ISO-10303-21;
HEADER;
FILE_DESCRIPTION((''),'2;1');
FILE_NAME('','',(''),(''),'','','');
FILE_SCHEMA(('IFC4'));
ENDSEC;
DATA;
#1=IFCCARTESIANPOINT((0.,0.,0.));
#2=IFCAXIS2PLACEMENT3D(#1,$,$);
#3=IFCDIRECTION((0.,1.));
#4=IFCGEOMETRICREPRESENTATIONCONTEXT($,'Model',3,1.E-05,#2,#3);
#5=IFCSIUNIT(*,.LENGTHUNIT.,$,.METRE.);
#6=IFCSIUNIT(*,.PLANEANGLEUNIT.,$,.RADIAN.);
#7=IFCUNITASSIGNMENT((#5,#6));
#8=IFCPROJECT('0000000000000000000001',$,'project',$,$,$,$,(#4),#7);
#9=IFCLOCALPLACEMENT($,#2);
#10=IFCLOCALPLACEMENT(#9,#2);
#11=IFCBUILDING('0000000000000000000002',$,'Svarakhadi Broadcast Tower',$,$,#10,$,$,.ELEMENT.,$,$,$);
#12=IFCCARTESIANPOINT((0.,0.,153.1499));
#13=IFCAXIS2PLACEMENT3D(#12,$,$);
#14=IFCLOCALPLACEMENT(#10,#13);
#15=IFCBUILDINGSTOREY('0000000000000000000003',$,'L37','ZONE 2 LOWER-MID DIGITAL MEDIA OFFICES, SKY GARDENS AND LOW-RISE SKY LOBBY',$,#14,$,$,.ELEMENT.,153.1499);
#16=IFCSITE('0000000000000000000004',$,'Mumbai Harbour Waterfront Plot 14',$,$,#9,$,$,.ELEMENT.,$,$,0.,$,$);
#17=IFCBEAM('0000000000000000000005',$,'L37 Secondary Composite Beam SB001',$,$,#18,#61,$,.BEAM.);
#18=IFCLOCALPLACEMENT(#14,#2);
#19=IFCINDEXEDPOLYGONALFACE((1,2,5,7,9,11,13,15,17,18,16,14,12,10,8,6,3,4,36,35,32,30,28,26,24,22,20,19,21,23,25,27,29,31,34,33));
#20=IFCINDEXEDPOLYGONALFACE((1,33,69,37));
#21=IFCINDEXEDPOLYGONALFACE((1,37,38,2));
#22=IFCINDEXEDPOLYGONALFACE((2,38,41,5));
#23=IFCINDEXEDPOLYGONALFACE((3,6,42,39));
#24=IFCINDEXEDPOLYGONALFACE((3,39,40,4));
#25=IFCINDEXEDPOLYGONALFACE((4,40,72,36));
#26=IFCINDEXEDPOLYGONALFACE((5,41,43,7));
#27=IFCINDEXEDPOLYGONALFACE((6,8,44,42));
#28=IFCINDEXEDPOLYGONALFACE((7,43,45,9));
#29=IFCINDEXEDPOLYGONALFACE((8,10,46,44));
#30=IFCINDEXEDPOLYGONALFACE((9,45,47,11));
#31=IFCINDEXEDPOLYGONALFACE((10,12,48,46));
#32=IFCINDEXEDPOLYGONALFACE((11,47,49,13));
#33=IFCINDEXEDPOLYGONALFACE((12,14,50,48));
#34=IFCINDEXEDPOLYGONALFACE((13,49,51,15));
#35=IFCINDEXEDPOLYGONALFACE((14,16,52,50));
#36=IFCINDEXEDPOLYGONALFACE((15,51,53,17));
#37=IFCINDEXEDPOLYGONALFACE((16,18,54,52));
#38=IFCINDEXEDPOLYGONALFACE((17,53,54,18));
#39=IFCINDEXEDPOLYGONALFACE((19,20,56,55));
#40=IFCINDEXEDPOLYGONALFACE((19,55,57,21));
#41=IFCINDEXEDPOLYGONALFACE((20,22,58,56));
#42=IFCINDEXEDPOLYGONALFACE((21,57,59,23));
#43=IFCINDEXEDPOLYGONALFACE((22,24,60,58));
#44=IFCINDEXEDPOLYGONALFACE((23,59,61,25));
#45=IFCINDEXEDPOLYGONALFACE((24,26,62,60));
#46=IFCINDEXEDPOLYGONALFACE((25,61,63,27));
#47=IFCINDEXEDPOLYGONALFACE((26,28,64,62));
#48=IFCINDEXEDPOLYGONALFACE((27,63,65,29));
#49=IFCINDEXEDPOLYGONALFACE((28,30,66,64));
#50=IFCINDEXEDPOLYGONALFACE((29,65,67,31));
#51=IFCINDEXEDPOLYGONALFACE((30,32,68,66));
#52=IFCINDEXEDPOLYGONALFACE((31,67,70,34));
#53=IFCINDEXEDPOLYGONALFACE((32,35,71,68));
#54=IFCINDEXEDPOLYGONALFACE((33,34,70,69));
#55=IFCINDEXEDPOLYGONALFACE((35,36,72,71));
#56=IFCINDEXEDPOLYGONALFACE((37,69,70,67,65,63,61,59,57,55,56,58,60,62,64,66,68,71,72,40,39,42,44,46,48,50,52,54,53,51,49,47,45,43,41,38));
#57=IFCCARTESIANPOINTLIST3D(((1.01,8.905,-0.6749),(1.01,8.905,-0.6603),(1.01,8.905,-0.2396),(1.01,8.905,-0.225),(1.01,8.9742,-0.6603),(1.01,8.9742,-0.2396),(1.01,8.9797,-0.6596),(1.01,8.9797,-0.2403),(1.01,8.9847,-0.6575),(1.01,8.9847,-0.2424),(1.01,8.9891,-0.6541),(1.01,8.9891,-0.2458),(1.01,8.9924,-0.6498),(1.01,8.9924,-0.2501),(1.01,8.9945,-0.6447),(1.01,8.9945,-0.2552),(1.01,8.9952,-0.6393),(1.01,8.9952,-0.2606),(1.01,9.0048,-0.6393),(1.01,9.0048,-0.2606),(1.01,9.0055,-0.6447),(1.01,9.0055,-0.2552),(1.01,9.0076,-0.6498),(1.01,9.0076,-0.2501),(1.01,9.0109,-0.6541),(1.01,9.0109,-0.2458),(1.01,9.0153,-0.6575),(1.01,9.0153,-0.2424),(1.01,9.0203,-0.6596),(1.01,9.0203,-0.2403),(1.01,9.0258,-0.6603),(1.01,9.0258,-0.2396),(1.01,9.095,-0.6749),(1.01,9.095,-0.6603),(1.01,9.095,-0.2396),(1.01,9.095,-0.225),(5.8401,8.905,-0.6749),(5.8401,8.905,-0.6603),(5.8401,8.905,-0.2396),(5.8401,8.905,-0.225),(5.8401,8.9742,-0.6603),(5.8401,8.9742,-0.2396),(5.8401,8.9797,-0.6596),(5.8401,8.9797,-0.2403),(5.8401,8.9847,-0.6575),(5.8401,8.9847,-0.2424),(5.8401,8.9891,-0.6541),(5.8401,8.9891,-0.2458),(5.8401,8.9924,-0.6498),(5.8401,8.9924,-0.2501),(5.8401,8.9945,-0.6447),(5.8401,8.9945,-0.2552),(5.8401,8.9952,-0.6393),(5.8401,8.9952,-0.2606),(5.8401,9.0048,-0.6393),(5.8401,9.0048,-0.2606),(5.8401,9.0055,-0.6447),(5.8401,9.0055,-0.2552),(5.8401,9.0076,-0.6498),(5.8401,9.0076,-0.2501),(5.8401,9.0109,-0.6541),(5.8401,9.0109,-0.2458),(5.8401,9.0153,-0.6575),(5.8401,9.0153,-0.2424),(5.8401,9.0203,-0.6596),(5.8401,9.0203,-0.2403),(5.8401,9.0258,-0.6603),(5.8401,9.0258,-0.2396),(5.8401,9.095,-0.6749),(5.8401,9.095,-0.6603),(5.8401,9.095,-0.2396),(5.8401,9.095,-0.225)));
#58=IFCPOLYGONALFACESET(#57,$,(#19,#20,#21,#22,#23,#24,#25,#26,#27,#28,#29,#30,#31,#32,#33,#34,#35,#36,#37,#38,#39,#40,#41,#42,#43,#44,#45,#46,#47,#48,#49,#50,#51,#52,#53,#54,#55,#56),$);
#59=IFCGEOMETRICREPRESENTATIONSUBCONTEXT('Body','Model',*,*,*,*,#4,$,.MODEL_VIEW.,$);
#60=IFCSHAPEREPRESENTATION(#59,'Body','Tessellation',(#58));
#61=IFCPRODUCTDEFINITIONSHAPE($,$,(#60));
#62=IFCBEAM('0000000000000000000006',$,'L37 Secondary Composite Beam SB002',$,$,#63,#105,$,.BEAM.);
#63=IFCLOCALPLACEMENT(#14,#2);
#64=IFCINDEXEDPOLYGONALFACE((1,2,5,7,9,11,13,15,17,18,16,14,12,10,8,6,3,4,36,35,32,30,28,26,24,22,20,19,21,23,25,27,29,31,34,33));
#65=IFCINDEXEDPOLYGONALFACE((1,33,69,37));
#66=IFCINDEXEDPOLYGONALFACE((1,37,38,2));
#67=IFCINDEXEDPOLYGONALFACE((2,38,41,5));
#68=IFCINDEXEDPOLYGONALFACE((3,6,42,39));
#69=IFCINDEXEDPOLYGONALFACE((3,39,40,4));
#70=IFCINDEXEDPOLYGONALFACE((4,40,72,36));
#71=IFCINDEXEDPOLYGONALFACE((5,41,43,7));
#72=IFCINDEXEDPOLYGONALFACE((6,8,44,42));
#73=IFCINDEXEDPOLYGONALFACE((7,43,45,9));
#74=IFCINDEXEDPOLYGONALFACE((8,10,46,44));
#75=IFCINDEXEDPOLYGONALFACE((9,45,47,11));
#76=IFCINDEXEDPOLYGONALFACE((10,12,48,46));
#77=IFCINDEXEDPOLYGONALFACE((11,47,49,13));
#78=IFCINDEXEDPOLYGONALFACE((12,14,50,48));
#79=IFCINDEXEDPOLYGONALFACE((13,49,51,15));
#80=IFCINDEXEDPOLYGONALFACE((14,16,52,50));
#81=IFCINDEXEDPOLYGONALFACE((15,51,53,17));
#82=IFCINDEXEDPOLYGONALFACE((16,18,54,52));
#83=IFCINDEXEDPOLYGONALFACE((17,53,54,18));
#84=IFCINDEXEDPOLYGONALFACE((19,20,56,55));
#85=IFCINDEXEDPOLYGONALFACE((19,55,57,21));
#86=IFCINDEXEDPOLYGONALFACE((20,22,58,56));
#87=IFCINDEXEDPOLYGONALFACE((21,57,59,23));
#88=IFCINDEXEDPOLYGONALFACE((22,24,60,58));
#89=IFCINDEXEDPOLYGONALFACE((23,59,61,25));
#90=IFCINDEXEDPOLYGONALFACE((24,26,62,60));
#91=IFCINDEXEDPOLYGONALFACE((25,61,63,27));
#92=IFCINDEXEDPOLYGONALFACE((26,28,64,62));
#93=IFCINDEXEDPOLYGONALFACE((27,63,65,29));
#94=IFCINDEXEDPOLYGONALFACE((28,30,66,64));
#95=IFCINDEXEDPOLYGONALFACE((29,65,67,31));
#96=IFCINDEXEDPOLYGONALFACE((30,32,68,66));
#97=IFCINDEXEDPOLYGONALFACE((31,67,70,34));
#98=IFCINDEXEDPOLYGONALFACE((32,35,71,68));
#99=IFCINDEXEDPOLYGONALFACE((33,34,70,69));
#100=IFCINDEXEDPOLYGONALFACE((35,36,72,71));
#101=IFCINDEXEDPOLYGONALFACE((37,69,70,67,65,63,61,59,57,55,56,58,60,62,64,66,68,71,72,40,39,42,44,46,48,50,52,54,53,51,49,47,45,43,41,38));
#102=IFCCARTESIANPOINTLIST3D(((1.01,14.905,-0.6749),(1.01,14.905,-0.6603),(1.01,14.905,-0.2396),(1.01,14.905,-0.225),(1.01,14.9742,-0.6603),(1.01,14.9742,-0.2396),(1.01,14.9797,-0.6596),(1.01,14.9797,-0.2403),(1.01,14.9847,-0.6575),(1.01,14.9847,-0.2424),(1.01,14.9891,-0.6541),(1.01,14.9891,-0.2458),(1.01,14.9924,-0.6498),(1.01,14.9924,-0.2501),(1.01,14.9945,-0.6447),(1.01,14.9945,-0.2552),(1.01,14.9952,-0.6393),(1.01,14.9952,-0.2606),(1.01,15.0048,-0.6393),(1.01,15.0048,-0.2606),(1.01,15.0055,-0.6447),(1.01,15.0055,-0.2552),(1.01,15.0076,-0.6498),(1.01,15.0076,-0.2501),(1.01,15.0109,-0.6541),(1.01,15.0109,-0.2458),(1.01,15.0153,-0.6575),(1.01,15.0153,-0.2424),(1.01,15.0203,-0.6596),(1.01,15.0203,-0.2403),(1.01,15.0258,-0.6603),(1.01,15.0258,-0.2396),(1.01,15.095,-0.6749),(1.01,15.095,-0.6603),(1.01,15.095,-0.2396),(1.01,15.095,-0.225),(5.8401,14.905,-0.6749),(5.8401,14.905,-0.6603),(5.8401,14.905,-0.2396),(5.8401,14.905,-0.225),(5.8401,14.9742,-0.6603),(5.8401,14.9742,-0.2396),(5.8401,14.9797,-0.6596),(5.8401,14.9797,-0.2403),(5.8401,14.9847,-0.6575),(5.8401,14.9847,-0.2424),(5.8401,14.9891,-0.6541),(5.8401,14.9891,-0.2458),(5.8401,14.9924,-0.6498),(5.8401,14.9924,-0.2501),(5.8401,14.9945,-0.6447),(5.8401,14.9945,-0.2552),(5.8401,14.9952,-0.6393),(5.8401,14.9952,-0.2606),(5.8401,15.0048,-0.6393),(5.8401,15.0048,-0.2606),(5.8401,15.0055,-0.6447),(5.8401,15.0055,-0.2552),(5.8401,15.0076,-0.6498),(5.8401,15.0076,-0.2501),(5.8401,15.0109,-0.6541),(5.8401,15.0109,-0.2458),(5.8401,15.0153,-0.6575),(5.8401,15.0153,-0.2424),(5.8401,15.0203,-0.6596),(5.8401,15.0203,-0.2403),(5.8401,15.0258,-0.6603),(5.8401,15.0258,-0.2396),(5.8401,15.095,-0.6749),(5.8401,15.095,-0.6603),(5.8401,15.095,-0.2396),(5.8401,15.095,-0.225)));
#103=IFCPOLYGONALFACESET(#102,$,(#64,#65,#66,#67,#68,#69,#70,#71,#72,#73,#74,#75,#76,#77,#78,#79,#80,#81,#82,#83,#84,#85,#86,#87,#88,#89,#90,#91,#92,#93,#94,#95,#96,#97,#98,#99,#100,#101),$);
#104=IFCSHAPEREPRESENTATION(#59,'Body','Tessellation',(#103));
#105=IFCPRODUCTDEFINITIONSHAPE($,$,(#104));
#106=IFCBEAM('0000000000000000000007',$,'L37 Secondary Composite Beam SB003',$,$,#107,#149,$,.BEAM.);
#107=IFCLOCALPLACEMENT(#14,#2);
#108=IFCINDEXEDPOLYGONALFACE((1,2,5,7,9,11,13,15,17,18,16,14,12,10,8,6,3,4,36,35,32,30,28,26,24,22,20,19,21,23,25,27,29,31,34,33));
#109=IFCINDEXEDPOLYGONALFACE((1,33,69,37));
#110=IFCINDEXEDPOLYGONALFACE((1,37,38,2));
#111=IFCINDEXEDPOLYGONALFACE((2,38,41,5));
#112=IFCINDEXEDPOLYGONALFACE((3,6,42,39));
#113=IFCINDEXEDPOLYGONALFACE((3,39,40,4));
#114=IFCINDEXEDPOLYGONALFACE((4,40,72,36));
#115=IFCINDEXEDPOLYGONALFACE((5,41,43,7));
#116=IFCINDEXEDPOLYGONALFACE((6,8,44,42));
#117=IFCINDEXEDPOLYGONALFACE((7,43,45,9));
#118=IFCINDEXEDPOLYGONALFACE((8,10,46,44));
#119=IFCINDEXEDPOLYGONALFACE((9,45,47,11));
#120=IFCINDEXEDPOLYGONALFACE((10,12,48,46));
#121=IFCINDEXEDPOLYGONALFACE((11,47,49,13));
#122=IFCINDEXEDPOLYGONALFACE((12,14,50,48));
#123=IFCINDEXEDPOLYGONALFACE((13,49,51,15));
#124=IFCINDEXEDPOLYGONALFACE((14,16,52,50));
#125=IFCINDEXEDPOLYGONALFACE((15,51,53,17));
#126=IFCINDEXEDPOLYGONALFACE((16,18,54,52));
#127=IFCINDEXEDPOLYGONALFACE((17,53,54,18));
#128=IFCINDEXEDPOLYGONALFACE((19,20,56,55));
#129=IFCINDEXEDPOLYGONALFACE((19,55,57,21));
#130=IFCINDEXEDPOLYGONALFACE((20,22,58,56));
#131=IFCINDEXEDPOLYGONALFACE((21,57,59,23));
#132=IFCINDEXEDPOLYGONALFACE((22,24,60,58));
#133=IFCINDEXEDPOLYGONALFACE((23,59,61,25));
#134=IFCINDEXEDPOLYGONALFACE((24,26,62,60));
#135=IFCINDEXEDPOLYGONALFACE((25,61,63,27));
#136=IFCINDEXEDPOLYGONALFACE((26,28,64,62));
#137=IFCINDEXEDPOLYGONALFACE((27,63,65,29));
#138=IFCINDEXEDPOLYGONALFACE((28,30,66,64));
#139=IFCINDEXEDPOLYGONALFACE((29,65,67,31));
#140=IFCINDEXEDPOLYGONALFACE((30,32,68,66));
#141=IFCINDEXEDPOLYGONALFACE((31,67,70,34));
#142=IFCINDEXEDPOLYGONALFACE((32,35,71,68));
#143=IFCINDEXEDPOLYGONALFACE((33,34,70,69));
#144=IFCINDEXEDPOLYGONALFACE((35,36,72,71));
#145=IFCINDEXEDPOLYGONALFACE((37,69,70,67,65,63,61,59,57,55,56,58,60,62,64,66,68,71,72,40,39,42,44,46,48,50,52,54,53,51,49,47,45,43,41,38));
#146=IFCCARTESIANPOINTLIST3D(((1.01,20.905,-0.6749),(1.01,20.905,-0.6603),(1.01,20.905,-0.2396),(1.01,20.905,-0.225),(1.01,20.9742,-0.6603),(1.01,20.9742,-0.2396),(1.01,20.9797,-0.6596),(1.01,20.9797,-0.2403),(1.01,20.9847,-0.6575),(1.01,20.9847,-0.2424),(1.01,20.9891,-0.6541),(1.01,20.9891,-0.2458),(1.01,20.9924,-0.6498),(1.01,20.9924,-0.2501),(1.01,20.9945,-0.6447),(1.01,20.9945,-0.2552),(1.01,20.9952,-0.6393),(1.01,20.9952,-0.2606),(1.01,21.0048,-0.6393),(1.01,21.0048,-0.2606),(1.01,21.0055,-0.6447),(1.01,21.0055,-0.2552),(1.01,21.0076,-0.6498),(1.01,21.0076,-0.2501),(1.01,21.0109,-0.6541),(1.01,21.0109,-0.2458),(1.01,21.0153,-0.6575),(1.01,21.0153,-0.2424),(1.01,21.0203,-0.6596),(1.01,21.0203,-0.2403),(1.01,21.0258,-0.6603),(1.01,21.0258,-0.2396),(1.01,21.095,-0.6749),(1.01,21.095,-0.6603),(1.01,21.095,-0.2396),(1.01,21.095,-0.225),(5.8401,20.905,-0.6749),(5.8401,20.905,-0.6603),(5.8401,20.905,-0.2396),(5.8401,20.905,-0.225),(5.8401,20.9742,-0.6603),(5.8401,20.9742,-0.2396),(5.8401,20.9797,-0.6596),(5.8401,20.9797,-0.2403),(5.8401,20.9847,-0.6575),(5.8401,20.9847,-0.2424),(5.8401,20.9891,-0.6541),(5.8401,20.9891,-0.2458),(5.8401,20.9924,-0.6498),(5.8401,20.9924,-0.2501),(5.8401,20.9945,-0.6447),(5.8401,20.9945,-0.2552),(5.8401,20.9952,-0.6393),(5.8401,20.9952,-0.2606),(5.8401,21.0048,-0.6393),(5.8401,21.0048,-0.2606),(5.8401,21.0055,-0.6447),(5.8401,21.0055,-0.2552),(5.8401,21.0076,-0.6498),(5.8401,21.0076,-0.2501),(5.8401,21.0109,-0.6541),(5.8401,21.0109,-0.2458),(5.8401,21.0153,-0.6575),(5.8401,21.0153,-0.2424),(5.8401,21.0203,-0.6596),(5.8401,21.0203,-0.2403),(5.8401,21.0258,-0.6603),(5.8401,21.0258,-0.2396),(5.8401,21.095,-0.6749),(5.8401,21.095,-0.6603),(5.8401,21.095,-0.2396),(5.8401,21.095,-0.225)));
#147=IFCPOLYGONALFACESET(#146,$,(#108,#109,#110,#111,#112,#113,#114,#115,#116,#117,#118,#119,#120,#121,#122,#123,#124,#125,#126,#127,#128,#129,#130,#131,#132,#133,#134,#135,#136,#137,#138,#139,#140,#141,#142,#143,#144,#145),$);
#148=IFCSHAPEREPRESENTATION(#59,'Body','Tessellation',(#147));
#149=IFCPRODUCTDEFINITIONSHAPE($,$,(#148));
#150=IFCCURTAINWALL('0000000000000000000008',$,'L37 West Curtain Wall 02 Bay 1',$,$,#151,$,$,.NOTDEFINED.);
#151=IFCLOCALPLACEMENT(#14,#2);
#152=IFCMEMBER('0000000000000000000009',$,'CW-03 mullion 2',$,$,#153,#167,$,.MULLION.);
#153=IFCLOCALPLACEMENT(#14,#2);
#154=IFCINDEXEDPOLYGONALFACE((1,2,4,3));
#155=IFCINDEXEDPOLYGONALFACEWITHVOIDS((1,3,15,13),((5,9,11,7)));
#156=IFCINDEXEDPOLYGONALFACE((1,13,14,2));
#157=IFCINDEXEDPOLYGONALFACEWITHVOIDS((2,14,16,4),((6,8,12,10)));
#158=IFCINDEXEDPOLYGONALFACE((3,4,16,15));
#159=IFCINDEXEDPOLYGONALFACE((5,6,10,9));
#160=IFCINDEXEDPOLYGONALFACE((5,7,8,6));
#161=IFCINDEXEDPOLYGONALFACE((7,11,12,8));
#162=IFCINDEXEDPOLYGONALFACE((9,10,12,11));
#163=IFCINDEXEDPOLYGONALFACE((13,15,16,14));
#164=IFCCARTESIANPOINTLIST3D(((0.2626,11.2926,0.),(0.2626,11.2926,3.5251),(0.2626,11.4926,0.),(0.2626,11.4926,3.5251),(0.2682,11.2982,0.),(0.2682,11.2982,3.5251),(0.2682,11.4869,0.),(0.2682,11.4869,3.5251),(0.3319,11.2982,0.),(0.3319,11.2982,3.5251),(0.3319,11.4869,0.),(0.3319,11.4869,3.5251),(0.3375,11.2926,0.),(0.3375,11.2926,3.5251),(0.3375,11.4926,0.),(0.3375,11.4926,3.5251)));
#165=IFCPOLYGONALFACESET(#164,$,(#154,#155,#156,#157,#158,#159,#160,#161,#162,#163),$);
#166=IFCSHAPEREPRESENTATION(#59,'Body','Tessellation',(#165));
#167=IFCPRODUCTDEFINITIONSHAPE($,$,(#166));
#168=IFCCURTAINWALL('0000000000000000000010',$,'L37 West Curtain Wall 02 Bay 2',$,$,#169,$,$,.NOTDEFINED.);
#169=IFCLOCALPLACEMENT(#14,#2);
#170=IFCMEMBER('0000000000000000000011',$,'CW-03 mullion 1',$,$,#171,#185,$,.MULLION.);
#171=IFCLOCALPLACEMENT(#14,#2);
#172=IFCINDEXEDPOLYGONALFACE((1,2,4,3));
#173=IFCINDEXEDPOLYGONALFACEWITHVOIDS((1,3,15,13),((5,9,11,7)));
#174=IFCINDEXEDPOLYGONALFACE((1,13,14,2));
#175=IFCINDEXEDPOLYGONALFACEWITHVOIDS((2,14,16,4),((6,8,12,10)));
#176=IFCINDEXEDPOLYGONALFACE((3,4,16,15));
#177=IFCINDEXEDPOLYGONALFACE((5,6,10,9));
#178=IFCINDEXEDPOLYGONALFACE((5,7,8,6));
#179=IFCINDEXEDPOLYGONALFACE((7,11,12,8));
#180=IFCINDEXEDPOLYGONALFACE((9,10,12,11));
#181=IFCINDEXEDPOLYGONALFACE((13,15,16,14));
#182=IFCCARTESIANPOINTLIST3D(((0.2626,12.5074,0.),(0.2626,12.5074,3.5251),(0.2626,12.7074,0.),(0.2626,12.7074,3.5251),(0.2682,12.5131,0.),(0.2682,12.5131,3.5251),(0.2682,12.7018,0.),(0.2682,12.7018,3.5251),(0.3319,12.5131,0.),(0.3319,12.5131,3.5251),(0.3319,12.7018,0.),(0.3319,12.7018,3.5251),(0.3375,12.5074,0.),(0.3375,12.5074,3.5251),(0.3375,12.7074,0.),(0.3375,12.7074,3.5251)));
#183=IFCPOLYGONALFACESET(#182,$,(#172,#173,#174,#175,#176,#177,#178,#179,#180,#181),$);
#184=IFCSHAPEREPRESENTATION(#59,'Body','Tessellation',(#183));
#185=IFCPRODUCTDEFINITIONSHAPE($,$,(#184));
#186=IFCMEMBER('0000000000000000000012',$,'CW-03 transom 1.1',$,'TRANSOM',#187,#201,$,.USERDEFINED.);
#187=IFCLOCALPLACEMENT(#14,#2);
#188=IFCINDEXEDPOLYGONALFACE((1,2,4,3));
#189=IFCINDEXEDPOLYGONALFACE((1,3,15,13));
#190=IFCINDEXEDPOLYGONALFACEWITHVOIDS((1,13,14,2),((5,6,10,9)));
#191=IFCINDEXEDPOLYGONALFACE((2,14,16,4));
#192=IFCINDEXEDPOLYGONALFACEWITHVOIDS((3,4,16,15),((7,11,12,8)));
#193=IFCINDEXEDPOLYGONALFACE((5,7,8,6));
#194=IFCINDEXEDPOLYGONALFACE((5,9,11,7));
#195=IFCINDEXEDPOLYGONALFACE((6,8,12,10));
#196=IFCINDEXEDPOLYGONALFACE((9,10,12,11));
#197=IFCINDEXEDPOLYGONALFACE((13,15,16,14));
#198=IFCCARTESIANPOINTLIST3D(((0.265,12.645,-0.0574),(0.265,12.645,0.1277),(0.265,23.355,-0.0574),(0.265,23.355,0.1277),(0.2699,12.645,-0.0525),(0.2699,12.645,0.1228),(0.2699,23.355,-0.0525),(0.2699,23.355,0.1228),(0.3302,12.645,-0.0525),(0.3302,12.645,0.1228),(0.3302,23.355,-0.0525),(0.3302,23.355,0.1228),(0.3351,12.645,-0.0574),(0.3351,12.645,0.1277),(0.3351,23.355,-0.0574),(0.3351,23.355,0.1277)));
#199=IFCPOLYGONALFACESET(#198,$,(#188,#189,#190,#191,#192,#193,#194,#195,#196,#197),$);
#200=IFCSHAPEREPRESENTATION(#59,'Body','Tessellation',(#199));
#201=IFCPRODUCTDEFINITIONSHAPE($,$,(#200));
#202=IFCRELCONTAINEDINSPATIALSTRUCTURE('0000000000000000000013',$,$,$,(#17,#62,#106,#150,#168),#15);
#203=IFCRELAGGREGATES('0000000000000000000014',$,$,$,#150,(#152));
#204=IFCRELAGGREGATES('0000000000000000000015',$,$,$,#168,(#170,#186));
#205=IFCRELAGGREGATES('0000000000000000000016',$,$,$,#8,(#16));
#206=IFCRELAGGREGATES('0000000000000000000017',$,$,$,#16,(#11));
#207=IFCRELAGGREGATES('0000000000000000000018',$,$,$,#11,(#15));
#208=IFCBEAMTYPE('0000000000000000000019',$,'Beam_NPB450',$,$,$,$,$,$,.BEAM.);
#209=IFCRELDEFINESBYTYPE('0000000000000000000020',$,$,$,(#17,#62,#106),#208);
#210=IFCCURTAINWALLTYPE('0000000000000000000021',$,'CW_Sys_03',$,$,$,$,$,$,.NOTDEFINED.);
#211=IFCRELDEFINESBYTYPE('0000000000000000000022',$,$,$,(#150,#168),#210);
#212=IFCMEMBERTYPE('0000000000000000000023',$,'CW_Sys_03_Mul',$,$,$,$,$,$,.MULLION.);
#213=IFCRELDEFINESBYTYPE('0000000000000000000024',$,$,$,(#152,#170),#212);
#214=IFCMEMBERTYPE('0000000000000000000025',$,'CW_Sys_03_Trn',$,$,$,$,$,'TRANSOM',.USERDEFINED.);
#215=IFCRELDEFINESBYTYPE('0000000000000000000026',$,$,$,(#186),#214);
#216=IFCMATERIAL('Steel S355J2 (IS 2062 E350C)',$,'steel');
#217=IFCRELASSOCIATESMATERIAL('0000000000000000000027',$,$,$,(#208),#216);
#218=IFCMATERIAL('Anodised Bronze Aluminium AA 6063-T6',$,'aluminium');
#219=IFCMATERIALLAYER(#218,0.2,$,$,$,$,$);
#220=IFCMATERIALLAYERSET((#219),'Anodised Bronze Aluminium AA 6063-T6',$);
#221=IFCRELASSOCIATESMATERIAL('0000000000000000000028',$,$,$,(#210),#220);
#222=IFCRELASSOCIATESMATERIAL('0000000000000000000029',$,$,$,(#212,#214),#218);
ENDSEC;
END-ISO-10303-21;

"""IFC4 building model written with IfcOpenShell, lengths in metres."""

from ifc_helpers import new_model, si_unit, direction, frame, origin, origin_2d, place, context, subcontext, project, spatial, hollow_rectangle, i_section, extrude, material, layer, layer_set, material_profile, profile_set, type_object, element, aggregate, save


model = new_model("IFC4")

# Units and contexts
model_context = context("Model", 3, precision=1e-05, world=origin(), true_north=direction((0.0, 1.0)))
body_context = subcontext(model_context, "Body", "Model", "MODEL_VIEW")
ifc_project = project(units=[si_unit("LENGTHUNIT", "METRE"), si_unit("PLANEANGLEUNIT", "RADIAN")], contexts=[model_context])

# Site, building, storey
site_placement = place(None, origin())
site = spatial("IfcSite", under=ifc_project, at=site_placement, Name="Mumbai Harbour Waterfront Plot 14", CompositionType="ELEMENT", RefElevation=0.0)
building_placement = place(site_placement, origin())
building = spatial("IfcBuilding", under=site, at=building_placement, Name="Svarakhadi Broadcast Tower", CompositionType="ELEMENT")
storey_placement = place(building_placement, frame((0.0, 0.0, 153.1499)))
storey = spatial("IfcBuildingStorey", under=building, at=storey_placement, Name="L37", Description="ZONE 2 LOWER-MID DIGITAL MEDIA OFFICES, SKY GARDENS AND LOW-RISE SKY LOBBY", CompositionType="ELEMENT", Elevation=153.1499)

# Beams
ifc_material_1 = material(Name="Steel S355J2 (IS 2062 E350C)", Category="steel")
ifc_material_profile_1 = material_profile(ifc_material_1, i_section(OverallWidth=0.1899, OverallDepth=0.45, WebThickness=0.0095, FlangeThickness=0.0146, FilletRadius=0.021, at=origin_2d()), Name="NPB 450x190x78")
ifc_profile_set_1 = profile_set([ifc_material_profile_1], Name="Steel S355J2 (IS 2062 E350C)")
beam_type_1 = type_object("IfcBeamType", Name="Beam_NPB450", PredefinedType="BEAM", material=ifc_profile_set_1)
for number, where, z_axis, x_axis, name in (
    (1, (1.01, 9.0, -0.45), (1.0, 0.0, 0.0), (0.0, 1.0, 0.0), "L37 Secondary Composite Beam SB001"),
    (2, (1.01, 15.0, -0.45), (1.0, 0.0, 0.0), (0.0, 1.0, 0.0), "L37 Secondary Composite Beam SB002"),
    (3, (1.01, 21.0, -0.45), (1.0, 0.0, 0.0), (0.0, 1.0, 0.0), "L37 Secondary Composite Beam SB003"),
):
    element("IfcBeam", number, at=place(storey_placement, frame(where, z_axis=z_axis, x_axis=x_axis)), inside=storey, type_object=beam_type_1, Name=name, PredefinedType="BEAM", context=body_context, shape_type="SweptSolid", body=[
        extrude(i_section(OverallWidth=0.1899, OverallDepth=0.45, WebThickness=0.0095, FlangeThickness=0.0146, FilletRadius=0.021, at=origin_2d()), origin(), (0.0, 0.0, 1.0), 4.8301),
    ])

# Curtain wall, member
ifc_material_2 = material(Name="Anodised Bronze Aluminium AA 6063-T6", Category="aluminium")
ifc_layer_1 = layer(ifc_material_2, 0.2)
ifc_layer_set_1 = layer_set([ifc_layer_1], Name="Anodised Bronze Aluminium AA 6063-T6")
curtain_wall_type = type_object("IfcCurtainWallType", Name="CW_Sys_03", PredefinedType="NOTDEFINED", material=ifc_layer_set_1)
curtain_wall_1_placement = place(storey_placement, origin())
curtain_wall_1 = element("IfcCurtainWall", 4, at=curtain_wall_1_placement, inside=storey, type_object=curtain_wall_type, Name="L37 West Curtain Wall 02 Bay 1", PredefinedType="NOTDEFINED")
ifc_material_profile_2 = material_profile(ifc_material_2, hollow_rectangle(XDim=0.075, YDim=0.2, WallThickness=0.0056, at=origin_2d()), Name="ALU MULLION 200x75x6")
ifc_profile_set_2 = profile_set([ifc_material_profile_2], Name="Anodised Bronze Aluminium AA 6063-T6")
member_type_1 = type_object("IfcMemberType", Name="CW_Sys_03_Mul", PredefinedType="MULLION", material=ifc_profile_set_2)
member_1_placement = place(storey_placement, frame((0.3, 11.3926, 0.0), z_axis=(0.0, 0.0, 1.0), x_axis=(-1.0, 0.0, 0.0)))
member_1 = element("IfcMember", 5, at=member_1_placement, type_object=member_type_1, Name="CW-03 mullion 2", PredefinedType="MULLION", context=body_context, shape_type="SweptSolid", body=[
    extrude(hollow_rectangle(XDim=0.075, YDim=0.2, WallThickness=0.0056, at=origin_2d()), origin(), (0.0, 0.0, 1.0), 3.5251),
])

# Curtain wall, members
curtain_wall_2_placement = place(storey_placement, origin())
curtain_wall_2 = element("IfcCurtainWall", 6, at=curtain_wall_2_placement, inside=storey, type_object=curtain_wall_type, Name="L37 West Curtain Wall 02 Bay 2", PredefinedType="NOTDEFINED")
member_2_placement = place(storey_placement, frame((0.3, 12.6074, 0.0), z_axis=(0.0, 0.0, 1.0), x_axis=(-1.0, 0.0, 0.0)))
member_2 = element("IfcMember", 7, at=member_2_placement, type_object=member_type_1, Name="CW-03 mullion 1", PredefinedType="MULLION", context=body_context, shape_type="SweptSolid", body=[
    extrude(hollow_rectangle(XDim=0.075, YDim=0.2, WallThickness=0.0056, at=origin_2d()), origin(), (0.0, 0.0, 1.0), 3.5251),
])
ifc_material_profile_3 = material_profile(ifc_material_2, hollow_rectangle(XDim=0.0701, YDim=0.1851, WallThickness=0.0049, at=origin_2d()), Name="ALU TRANSOM 185x70x5")
ifc_profile_set_3 = profile_set([ifc_material_profile_3], Name="Anodised Bronze Aluminium AA 6063-T6")
member_type_2 = type_object("IfcMemberType", Name="CW_Sys_03_Trn", ElementType="TRANSOM", PredefinedType="USERDEFINED", material=ifc_profile_set_3)
member_3_placement = place(storey_placement, frame((0.3, 12.645, 0.0352), z_axis=(0.0, 1.0, 0.0), x_axis=(-1.0, 0.0, 0.0)))
member_3 = element("IfcMember", 8, at=member_3_placement, type_object=member_type_2, Name="CW-03 transom 1.1", ObjectType="TRANSOM", PredefinedType="USERDEFINED", context=body_context, shape_type="SweptSolid", body=[
    extrude(hollow_rectangle(XDim=0.0701, YDim=0.1851, WallThickness=0.0049, at=origin_2d()), origin(), (0.0, 0.0, 1.0), 10.71),
])

aggregate(curtain_wall_1, [member_1])
aggregate(curtain_wall_2, [member_2, member_3])

save(model, "model.ifc")
